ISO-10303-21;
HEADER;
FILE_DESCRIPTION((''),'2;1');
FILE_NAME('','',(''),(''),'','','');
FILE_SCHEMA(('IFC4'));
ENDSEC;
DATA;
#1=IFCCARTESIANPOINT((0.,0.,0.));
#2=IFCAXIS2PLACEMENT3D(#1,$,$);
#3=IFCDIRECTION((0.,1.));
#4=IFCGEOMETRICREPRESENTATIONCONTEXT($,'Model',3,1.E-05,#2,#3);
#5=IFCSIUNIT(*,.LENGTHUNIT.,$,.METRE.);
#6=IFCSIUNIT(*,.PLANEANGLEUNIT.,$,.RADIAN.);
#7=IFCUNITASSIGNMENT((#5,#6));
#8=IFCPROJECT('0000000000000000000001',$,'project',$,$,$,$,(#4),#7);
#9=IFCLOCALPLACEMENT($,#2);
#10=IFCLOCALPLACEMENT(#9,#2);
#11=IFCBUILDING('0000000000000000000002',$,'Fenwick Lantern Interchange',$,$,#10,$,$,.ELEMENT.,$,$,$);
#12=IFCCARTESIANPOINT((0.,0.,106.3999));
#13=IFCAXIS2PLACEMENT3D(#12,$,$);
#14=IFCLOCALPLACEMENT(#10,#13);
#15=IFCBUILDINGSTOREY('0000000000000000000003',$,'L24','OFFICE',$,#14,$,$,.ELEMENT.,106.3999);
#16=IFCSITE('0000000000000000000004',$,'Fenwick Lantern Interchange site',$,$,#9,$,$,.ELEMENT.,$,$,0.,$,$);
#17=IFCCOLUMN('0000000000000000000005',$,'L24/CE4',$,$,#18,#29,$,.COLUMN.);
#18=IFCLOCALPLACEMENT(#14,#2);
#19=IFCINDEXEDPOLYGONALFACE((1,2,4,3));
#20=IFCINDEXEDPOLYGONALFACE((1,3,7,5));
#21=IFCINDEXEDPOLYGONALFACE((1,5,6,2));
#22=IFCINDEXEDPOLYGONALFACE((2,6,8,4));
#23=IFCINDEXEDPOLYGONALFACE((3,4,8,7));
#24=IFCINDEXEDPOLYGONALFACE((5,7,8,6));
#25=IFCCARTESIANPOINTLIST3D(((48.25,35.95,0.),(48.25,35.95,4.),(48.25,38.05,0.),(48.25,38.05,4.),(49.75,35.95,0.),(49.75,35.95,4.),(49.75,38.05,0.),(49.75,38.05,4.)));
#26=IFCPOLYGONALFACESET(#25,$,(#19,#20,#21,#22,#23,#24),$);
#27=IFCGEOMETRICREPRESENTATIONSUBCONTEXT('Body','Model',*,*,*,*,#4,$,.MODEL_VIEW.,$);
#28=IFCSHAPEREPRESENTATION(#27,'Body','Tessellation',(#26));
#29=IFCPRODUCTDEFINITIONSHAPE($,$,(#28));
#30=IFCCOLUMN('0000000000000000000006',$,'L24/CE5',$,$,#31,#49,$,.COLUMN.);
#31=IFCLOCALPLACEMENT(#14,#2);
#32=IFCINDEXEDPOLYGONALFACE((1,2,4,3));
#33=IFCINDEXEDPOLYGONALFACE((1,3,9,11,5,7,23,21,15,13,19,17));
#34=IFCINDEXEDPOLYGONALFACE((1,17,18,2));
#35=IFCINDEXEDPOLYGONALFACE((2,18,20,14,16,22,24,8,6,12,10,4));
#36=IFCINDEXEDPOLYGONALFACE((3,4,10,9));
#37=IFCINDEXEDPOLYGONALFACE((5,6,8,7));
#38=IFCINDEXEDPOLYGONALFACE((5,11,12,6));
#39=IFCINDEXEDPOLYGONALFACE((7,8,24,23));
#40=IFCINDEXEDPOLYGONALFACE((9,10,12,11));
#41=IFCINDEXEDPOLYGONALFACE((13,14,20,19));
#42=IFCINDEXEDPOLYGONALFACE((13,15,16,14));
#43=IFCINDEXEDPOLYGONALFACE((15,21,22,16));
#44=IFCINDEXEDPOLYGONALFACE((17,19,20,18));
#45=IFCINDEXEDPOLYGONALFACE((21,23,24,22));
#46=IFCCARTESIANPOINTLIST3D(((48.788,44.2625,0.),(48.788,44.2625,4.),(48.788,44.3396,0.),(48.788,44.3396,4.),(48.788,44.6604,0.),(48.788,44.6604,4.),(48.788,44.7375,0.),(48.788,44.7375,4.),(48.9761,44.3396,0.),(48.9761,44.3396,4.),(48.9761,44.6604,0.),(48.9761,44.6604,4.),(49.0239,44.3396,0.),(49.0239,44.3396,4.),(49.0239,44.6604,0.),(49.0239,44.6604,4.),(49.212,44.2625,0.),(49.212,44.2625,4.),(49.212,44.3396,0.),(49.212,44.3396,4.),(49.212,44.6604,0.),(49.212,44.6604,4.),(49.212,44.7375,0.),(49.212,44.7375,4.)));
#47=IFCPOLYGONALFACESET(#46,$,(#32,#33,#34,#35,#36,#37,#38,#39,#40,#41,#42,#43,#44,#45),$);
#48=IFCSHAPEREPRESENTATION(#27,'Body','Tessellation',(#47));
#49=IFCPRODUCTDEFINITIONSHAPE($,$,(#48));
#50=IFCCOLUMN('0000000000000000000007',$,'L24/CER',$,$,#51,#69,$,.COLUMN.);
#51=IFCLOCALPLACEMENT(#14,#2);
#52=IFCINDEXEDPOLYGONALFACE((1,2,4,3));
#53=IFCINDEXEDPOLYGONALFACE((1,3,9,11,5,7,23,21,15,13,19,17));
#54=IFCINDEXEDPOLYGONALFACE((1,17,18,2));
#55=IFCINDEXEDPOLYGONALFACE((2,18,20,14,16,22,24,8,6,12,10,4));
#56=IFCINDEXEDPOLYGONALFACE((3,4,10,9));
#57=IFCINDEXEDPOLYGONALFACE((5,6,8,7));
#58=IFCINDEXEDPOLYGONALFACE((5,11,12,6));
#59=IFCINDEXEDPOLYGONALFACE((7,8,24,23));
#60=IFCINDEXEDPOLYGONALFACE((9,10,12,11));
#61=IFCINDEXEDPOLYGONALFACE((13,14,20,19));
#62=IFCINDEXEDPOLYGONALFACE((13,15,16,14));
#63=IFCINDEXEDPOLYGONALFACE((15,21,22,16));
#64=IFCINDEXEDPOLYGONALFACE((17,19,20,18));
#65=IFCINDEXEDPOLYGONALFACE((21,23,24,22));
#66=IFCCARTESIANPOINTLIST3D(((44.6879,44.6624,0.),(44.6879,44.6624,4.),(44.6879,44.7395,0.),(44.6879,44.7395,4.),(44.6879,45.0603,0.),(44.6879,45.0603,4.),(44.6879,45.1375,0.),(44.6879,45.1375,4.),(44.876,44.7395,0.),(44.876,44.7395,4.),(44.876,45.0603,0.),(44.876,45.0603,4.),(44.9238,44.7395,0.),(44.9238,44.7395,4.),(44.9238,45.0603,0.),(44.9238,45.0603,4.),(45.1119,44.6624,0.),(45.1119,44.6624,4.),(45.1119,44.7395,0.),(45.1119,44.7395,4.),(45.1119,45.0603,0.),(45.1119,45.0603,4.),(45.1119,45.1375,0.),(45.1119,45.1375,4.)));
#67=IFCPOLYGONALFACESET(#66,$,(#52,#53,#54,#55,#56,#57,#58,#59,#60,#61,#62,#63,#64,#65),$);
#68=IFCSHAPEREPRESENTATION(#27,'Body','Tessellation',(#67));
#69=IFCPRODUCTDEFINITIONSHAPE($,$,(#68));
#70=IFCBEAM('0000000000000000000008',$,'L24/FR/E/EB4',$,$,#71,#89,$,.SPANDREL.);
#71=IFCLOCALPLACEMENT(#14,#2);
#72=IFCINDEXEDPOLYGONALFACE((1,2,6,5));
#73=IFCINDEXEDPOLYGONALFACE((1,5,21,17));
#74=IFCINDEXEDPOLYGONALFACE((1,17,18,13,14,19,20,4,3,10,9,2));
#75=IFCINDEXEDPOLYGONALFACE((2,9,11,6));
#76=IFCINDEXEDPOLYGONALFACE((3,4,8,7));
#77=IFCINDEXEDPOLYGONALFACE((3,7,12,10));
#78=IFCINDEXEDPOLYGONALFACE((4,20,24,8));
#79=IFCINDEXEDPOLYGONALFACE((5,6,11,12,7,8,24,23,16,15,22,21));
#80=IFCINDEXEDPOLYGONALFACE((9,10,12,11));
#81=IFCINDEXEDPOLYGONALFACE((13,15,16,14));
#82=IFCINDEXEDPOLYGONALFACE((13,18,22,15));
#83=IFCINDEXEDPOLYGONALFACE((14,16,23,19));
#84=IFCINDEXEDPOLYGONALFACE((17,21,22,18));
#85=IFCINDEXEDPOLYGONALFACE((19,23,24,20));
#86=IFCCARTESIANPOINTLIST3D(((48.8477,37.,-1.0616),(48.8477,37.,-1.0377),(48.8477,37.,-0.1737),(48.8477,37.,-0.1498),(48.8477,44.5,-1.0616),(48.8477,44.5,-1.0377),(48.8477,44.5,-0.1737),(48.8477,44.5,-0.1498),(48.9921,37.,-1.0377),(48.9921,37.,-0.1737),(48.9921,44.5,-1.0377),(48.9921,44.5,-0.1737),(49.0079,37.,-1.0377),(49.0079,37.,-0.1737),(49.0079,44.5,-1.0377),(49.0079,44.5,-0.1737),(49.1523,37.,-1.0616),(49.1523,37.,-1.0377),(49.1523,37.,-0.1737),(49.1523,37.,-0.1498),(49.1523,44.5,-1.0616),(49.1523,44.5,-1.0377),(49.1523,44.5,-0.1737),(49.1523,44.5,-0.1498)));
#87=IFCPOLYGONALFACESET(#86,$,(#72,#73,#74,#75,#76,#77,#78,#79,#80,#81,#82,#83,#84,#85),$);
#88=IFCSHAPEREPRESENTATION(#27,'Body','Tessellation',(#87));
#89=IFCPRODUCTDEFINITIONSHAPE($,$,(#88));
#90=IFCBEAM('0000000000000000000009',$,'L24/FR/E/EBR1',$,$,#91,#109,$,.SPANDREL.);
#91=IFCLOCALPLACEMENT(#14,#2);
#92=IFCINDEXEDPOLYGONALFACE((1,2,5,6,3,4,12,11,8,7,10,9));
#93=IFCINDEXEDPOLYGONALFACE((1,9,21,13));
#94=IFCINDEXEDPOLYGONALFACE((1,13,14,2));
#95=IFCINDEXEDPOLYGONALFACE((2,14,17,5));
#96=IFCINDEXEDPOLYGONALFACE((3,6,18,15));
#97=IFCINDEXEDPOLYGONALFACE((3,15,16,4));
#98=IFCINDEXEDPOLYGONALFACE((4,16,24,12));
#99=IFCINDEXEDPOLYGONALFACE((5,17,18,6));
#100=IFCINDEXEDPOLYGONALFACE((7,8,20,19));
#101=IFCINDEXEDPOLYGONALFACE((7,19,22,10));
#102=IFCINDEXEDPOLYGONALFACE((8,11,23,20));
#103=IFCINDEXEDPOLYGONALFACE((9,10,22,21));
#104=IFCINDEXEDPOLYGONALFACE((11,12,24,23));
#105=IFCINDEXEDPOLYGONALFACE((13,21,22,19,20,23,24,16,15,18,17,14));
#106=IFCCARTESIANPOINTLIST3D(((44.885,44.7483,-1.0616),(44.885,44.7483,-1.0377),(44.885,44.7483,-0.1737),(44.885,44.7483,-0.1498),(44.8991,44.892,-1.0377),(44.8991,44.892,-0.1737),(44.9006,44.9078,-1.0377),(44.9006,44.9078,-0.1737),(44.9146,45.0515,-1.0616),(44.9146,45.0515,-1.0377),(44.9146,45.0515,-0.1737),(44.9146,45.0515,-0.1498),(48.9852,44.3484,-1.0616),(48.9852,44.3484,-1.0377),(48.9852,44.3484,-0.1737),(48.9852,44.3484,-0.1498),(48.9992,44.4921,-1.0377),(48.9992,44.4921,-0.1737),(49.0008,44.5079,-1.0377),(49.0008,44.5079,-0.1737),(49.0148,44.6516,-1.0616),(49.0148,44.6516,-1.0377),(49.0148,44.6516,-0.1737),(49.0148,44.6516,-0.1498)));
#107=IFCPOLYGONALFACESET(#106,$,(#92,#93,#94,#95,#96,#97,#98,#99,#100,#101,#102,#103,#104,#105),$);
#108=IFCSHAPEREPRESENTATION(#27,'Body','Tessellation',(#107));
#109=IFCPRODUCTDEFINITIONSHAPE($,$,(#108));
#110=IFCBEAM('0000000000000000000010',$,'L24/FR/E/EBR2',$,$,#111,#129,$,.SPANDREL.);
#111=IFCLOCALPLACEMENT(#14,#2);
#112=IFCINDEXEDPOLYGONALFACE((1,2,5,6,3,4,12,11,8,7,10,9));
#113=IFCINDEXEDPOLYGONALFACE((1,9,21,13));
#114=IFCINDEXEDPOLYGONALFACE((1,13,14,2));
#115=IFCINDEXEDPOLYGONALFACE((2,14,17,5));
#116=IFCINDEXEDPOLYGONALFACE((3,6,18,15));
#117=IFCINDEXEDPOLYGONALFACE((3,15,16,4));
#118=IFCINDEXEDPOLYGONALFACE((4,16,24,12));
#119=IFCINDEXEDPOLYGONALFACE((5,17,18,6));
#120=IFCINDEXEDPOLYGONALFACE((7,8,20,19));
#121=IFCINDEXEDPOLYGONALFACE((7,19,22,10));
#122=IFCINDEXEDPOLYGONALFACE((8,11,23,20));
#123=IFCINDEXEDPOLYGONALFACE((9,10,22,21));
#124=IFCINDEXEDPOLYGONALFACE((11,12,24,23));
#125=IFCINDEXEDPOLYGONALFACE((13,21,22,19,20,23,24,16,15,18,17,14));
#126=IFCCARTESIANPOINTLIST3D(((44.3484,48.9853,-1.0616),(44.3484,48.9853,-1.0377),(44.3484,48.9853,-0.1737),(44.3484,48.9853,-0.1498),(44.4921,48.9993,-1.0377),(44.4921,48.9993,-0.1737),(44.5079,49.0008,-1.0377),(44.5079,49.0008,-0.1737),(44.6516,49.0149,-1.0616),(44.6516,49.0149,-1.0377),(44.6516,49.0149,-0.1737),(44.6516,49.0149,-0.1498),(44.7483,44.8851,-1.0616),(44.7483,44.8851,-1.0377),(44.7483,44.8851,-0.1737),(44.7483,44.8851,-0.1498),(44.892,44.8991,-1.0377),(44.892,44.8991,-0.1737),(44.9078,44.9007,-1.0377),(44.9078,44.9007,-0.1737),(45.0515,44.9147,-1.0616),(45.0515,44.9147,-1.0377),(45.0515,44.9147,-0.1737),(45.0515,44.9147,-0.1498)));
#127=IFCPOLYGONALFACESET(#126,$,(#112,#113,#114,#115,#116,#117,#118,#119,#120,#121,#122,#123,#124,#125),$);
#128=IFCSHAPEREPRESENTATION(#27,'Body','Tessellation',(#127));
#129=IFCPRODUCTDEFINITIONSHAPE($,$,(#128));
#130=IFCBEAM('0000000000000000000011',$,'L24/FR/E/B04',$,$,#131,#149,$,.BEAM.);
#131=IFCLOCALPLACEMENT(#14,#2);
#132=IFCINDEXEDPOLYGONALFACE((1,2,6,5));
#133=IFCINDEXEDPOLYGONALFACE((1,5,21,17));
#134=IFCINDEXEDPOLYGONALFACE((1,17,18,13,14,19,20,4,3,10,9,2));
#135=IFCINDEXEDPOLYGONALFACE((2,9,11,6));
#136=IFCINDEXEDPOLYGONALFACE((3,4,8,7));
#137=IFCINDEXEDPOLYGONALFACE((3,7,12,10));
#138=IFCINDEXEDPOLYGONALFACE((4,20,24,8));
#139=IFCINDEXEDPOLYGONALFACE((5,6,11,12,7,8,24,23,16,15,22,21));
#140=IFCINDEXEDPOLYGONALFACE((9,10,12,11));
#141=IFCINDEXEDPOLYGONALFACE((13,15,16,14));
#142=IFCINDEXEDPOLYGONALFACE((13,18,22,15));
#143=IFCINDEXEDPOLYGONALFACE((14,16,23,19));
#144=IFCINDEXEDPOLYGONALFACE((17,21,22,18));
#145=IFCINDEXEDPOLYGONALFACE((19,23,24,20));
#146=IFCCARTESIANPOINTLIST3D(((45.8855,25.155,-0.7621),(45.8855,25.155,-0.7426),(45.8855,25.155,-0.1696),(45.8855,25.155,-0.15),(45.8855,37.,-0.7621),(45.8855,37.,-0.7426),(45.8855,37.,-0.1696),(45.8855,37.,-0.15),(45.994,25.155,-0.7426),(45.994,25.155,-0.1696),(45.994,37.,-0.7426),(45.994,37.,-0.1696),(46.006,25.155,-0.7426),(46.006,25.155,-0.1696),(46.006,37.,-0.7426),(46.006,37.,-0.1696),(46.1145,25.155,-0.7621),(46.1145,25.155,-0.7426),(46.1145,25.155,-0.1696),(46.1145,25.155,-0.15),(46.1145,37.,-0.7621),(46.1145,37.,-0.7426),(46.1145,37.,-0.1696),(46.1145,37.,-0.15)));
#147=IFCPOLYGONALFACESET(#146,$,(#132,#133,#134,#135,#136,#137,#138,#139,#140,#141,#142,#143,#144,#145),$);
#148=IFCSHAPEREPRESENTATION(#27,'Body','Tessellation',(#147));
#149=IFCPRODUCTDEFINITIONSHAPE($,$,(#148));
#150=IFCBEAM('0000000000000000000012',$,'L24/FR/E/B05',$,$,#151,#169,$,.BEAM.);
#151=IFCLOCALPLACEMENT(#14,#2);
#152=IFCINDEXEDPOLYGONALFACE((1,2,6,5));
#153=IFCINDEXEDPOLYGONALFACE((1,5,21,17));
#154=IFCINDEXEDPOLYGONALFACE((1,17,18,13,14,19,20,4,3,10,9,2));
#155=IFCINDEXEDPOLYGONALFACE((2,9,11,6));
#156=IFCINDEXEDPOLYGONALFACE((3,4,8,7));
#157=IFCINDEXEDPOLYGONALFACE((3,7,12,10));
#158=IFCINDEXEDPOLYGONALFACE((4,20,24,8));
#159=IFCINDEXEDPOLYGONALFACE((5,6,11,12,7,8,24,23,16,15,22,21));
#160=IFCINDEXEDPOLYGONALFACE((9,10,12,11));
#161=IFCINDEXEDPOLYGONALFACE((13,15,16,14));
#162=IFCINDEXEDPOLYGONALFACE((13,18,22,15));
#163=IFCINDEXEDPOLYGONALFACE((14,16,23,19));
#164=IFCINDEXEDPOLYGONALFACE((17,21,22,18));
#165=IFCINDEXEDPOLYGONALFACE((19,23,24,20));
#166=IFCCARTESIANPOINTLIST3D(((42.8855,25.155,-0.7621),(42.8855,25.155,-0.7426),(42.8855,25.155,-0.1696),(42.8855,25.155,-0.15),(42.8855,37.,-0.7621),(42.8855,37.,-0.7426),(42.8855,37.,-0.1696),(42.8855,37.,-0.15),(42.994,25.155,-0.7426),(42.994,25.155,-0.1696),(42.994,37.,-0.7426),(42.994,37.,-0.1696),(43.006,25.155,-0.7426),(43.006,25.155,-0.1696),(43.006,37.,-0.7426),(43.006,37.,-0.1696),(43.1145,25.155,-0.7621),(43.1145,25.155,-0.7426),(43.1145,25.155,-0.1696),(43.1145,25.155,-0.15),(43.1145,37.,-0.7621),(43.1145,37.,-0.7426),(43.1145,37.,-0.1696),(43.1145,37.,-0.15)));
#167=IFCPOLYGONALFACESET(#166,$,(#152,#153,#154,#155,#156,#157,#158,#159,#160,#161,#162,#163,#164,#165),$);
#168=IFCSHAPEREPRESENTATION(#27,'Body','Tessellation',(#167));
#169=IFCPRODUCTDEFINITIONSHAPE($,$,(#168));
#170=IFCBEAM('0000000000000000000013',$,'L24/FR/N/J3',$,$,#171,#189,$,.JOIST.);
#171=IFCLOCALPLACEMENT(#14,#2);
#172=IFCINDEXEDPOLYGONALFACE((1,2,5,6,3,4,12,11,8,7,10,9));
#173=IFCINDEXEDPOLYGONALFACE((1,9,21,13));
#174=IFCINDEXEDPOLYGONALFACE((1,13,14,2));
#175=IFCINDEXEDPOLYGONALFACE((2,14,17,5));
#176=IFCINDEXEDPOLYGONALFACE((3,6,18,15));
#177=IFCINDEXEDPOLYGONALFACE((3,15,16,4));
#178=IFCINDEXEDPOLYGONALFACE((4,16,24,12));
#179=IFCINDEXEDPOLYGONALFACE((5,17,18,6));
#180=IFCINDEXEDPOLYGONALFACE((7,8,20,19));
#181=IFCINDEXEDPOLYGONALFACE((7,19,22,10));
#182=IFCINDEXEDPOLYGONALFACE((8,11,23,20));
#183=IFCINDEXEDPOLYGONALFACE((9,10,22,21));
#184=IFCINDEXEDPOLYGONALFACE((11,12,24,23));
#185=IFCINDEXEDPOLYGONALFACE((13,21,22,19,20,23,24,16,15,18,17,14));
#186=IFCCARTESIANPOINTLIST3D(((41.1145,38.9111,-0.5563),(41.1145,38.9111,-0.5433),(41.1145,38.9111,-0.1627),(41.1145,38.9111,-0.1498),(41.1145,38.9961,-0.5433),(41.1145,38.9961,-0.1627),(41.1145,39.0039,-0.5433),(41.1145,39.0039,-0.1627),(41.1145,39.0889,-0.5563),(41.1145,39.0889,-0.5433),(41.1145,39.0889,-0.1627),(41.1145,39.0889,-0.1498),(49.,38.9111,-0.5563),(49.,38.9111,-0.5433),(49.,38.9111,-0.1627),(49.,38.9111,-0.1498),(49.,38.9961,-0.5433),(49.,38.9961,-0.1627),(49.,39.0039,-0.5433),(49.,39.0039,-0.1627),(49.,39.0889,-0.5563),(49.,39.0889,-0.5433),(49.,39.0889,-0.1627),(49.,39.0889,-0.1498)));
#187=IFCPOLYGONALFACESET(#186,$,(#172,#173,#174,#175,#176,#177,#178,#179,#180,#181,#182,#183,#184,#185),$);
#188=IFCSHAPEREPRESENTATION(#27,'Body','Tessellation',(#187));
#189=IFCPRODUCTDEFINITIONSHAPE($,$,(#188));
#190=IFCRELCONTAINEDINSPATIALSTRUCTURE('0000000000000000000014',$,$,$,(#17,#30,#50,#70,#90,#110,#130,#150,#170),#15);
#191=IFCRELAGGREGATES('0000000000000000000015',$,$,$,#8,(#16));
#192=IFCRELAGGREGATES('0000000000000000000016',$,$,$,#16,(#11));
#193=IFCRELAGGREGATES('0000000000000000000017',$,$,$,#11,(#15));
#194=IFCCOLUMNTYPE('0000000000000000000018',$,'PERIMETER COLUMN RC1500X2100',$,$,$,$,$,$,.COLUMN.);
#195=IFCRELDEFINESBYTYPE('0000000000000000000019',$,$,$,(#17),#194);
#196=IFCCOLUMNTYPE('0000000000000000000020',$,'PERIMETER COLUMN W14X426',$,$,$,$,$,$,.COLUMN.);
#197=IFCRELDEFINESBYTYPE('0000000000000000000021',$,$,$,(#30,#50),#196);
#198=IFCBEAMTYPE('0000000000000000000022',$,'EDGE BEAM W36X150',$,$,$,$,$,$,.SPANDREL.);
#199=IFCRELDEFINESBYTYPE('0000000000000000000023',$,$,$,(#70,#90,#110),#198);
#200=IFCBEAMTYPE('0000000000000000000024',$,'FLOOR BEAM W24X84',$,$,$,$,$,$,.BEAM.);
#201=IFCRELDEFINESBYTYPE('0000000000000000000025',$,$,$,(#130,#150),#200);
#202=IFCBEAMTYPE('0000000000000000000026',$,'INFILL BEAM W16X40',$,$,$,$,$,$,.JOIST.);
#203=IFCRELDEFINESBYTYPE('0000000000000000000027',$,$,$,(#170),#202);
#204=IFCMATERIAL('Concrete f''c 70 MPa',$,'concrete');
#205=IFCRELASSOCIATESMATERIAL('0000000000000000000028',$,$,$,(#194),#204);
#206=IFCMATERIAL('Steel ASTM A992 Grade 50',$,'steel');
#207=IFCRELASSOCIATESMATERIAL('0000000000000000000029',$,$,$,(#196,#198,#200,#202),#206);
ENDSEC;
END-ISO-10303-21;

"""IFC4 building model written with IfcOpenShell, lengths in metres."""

from ifc_helpers import new_model, si_unit, direction, frame, origin, origin_2d, place, context, subcontext, project, spatial, rectangle, i_section, extrude, material, material_profile, profile_set, type_object, element, save


model = new_model("IFC4")

# Units and contexts
model_context = context("Model", 3, precision=1e-05, world=origin(), true_north=direction((0.0, 1.0)))
body_context = subcontext(model_context, "Body", "Model", "MODEL_VIEW")
ifc_project = project(units=[si_unit("LENGTHUNIT", "METRE"), si_unit("PLANEANGLEUNIT", "RADIAN")], contexts=[model_context])

# Site, building, storey
site_placement = place(None, origin())
site = spatial("IfcSite", under=ifc_project, at=site_placement, Name="Fenwick Lantern Interchange site", CompositionType="ELEMENT", RefElevation=0.0)
building_placement = place(site_placement, origin())
building = spatial("IfcBuilding", under=site, at=building_placement, Name="Fenwick Lantern Interchange", CompositionType="ELEMENT")
storey_placement = place(building_placement, frame((0.0, 0.0, 106.3999)))
storey = spatial("IfcBuildingStorey", under=building, at=storey_placement, Name="L24", Description="OFFICE", CompositionType="ELEMENT", Elevation=106.3999)

# Columns
ifc_material_1 = material(Name="Concrete f'c 70 MPa", Category="concrete")
ifc_material_profile_1 = material_profile(ifc_material_1, rectangle(XDim=1.5, YDim=2.1001, at=origin_2d()), Name="RC1500X2100")
ifc_profile_set_1 = profile_set([ifc_material_profile_1], Name="Concrete f'c 70 MPa")
column_type_1 = type_object("IfcColumnType", Name="PERIMETER COLUMN RC1500X2100", PredefinedType="COLUMN", material=ifc_profile_set_1)
column_placement = place(storey_placement, frame((49.0, 37.0, 0.0), z_axis=(0.0, 0.0, 1.0), x_axis=(1.0, 0.0, 0.0)))
element("IfcColumn", 1, at=column_placement, inside=storey, type_object=column_type_1, Name="L24/CE4", PredefinedType="COLUMN", context=body_context, shape_type="SweptSolid", body=[
    extrude(rectangle(XDim=1.5, YDim=2.1001, at=origin_2d()), origin(), (0.0, 0.0, 1.0), 4.0),
])
ifc_material_2 = material(Name="Steel ASTM A992 Grade 50", Category="steel")
ifc_material_profile_2 = material_profile(ifc_material_2, i_section(OverallWidth=0.4241, OverallDepth=0.4751, WebThickness=0.0479, FlangeThickness=0.0771, at=origin_2d()), Name="W14X426")
ifc_profile_set_2 = profile_set([ifc_material_profile_2], Name="Steel ASTM A992 Grade 50")
column_type_2 = type_object("IfcColumnType", Name="PERIMETER COLUMN W14X426", PredefinedType="COLUMN", material=ifc_profile_set_2)
for number, where, z_axis, x_axis, name in (
    (2, (49.0, 44.5, 0.0), (0.0, 0.0, 1.0), (1.0, 0.0, 0.0), "L24/CE5"),
    (3, (44.8999, 44.8999, 0.0), (0.0, 0.0, 1.0), (1.0, 0.0, 0.0), "L24/CER"),
):
    element("IfcColumn", number, at=place(storey_placement, frame(where, z_axis=z_axis, x_axis=x_axis)), inside=storey, type_object=column_type_2, Name=name, PredefinedType="COLUMN", context=body_context, shape_type="SweptSolid", body=[
        extrude(i_section(OverallWidth=0.4241, OverallDepth=0.4751, WebThickness=0.0479, FlangeThickness=0.0771, at=origin_2d()), origin(), (0.0, 0.0, 1.0), 4.0),
    ])

# Beams
ifc_material_profile_3 = material_profile(ifc_material_2, i_section(OverallWidth=0.3047, OverallDepth=0.9119, WebThickness=0.0159, FlangeThickness=0.0239, at=origin_2d()), Name="W36X150")
ifc_profile_set_3 = profile_set([ifc_material_profile_3], Name="Steel ASTM A992 Grade 50")
beam_type_1 = type_object("IfcBeamType", Name="EDGE BEAM W36X150", PredefinedType="SPANDREL", material=ifc_profile_set_3)
beam_1_placement = place(storey_placement, frame((49.0, 37.0, -0.6057), z_axis=(0.0, 1.0, 0.0), x_axis=(-1.0, 0.0, 0.0)))
element("IfcBeam", 4, at=beam_1_placement, inside=storey, type_object=beam_type_1, Name="L24/FR/E/EB4", PredefinedType="SPANDREL", context=body_context, shape_type="SweptSolid", body=[
    extrude(i_section(OverallWidth=0.3047, OverallDepth=0.9119, WebThickness=0.0159, FlangeThickness=0.0239, at=origin_2d()), origin(), (0.0, 0.0, 1.0), 7.5),
])
for number, where, z_axis, x_axis, name in (
    (5, (49.0, 44.5, -0.6057), (-0.995277, 0.097074, 0.0), (-0.097074, -0.995277, 0.0), "L24/FR/E/EBR1"),
    (6, (44.8999, 44.8999, -0.6057), (-0.097074, 0.995277, 0.0), (-0.995277, -0.097074, 0.0), "L24/FR/E/EBR2"),
):
    element("IfcBeam", number, at=place(storey_placement, frame(where, z_axis=z_axis, x_axis=x_axis)), inside=storey, type_object=beam_type_1, Name=name, PredefinedType="SPANDREL", context=body_context, shape_type="SweptSolid", body=[
        extrude(i_section(OverallWidth=0.3047, OverallDepth=0.9119, WebThickness=0.0159, FlangeThickness=0.0239, at=origin_2d()), origin(), (0.0, 0.0, 1.0), 4.1196),
    ])
ifc_material_profile_4 = material_profile(ifc_material_2, i_section(OverallWidth=0.229, OverallDepth=0.6121, WebThickness=0.012, FlangeThickness=0.0195, at=origin_2d()), Name="W24X84")
ifc_profile_set_4 = profile_set([ifc_material_profile_4], Name="Steel ASTM A992 Grade 50")
beam_type_2 = type_object("IfcBeamType", Name="FLOOR BEAM W24X84", PredefinedType="BEAM", material=ifc_profile_set_4)
for number, where, z_axis, x_axis, name in (
    (7, (46.0, 25.155, -0.4561), (0.0, 1.0, 0.0), (-1.0, 0.0, 0.0), "L24/FR/E/B04"),
    (8, (43.0, 25.155, -0.4561), (0.0, 1.0, 0.0), (-1.0, 0.0, 0.0), "L24/FR/E/B05"),
):
    element("IfcBeam", number, at=place(storey_placement, frame(where, z_axis=z_axis, x_axis=x_axis)), inside=storey, type_object=beam_type_2, Name=name, PredefinedType="BEAM", context=body_context, shape_type="SweptSolid", body=[
        extrude(i_section(OverallWidth=0.229, OverallDepth=0.6121, WebThickness=0.012, FlangeThickness=0.0195, at=origin_2d()), origin(), (0.0, 0.0, 1.0), 11.845),
    ])
ifc_material_profile_5 = material_profile(ifc_material_2, i_section(OverallWidth=0.1777, OverallDepth=0.4065, WebThickness=0.0078, FlangeThickness=0.0129, at=origin_2d()), Name="W16X40")
ifc_profile_set_5 = profile_set([ifc_material_profile_5], Name="Steel ASTM A992 Grade 50")
beam_type_3 = type_object("IfcBeamType", Name="INFILL BEAM W16X40", PredefinedType="JOIST", material=ifc_profile_set_5)
beam_2_placement = place(storey_placement, frame((49.0, 39.0, -0.353), z_axis=(-1.0, 0.0, 0.0), x_axis=(0.0, -1.0, 0.0)))
element("IfcBeam", 9, at=beam_2_placement, inside=storey, type_object=beam_type_3, Name="L24/FR/N/J3", PredefinedType="JOIST", context=body_context, shape_type="SweptSolid", body=[
    extrude(i_section(OverallWidth=0.1777, OverallDepth=0.4065, WebThickness=0.0078, FlangeThickness=0.0129, at=origin_2d()), origin(), (0.0, 0.0, 1.0), 7.8855),
])

save(model, "model.ifc")
